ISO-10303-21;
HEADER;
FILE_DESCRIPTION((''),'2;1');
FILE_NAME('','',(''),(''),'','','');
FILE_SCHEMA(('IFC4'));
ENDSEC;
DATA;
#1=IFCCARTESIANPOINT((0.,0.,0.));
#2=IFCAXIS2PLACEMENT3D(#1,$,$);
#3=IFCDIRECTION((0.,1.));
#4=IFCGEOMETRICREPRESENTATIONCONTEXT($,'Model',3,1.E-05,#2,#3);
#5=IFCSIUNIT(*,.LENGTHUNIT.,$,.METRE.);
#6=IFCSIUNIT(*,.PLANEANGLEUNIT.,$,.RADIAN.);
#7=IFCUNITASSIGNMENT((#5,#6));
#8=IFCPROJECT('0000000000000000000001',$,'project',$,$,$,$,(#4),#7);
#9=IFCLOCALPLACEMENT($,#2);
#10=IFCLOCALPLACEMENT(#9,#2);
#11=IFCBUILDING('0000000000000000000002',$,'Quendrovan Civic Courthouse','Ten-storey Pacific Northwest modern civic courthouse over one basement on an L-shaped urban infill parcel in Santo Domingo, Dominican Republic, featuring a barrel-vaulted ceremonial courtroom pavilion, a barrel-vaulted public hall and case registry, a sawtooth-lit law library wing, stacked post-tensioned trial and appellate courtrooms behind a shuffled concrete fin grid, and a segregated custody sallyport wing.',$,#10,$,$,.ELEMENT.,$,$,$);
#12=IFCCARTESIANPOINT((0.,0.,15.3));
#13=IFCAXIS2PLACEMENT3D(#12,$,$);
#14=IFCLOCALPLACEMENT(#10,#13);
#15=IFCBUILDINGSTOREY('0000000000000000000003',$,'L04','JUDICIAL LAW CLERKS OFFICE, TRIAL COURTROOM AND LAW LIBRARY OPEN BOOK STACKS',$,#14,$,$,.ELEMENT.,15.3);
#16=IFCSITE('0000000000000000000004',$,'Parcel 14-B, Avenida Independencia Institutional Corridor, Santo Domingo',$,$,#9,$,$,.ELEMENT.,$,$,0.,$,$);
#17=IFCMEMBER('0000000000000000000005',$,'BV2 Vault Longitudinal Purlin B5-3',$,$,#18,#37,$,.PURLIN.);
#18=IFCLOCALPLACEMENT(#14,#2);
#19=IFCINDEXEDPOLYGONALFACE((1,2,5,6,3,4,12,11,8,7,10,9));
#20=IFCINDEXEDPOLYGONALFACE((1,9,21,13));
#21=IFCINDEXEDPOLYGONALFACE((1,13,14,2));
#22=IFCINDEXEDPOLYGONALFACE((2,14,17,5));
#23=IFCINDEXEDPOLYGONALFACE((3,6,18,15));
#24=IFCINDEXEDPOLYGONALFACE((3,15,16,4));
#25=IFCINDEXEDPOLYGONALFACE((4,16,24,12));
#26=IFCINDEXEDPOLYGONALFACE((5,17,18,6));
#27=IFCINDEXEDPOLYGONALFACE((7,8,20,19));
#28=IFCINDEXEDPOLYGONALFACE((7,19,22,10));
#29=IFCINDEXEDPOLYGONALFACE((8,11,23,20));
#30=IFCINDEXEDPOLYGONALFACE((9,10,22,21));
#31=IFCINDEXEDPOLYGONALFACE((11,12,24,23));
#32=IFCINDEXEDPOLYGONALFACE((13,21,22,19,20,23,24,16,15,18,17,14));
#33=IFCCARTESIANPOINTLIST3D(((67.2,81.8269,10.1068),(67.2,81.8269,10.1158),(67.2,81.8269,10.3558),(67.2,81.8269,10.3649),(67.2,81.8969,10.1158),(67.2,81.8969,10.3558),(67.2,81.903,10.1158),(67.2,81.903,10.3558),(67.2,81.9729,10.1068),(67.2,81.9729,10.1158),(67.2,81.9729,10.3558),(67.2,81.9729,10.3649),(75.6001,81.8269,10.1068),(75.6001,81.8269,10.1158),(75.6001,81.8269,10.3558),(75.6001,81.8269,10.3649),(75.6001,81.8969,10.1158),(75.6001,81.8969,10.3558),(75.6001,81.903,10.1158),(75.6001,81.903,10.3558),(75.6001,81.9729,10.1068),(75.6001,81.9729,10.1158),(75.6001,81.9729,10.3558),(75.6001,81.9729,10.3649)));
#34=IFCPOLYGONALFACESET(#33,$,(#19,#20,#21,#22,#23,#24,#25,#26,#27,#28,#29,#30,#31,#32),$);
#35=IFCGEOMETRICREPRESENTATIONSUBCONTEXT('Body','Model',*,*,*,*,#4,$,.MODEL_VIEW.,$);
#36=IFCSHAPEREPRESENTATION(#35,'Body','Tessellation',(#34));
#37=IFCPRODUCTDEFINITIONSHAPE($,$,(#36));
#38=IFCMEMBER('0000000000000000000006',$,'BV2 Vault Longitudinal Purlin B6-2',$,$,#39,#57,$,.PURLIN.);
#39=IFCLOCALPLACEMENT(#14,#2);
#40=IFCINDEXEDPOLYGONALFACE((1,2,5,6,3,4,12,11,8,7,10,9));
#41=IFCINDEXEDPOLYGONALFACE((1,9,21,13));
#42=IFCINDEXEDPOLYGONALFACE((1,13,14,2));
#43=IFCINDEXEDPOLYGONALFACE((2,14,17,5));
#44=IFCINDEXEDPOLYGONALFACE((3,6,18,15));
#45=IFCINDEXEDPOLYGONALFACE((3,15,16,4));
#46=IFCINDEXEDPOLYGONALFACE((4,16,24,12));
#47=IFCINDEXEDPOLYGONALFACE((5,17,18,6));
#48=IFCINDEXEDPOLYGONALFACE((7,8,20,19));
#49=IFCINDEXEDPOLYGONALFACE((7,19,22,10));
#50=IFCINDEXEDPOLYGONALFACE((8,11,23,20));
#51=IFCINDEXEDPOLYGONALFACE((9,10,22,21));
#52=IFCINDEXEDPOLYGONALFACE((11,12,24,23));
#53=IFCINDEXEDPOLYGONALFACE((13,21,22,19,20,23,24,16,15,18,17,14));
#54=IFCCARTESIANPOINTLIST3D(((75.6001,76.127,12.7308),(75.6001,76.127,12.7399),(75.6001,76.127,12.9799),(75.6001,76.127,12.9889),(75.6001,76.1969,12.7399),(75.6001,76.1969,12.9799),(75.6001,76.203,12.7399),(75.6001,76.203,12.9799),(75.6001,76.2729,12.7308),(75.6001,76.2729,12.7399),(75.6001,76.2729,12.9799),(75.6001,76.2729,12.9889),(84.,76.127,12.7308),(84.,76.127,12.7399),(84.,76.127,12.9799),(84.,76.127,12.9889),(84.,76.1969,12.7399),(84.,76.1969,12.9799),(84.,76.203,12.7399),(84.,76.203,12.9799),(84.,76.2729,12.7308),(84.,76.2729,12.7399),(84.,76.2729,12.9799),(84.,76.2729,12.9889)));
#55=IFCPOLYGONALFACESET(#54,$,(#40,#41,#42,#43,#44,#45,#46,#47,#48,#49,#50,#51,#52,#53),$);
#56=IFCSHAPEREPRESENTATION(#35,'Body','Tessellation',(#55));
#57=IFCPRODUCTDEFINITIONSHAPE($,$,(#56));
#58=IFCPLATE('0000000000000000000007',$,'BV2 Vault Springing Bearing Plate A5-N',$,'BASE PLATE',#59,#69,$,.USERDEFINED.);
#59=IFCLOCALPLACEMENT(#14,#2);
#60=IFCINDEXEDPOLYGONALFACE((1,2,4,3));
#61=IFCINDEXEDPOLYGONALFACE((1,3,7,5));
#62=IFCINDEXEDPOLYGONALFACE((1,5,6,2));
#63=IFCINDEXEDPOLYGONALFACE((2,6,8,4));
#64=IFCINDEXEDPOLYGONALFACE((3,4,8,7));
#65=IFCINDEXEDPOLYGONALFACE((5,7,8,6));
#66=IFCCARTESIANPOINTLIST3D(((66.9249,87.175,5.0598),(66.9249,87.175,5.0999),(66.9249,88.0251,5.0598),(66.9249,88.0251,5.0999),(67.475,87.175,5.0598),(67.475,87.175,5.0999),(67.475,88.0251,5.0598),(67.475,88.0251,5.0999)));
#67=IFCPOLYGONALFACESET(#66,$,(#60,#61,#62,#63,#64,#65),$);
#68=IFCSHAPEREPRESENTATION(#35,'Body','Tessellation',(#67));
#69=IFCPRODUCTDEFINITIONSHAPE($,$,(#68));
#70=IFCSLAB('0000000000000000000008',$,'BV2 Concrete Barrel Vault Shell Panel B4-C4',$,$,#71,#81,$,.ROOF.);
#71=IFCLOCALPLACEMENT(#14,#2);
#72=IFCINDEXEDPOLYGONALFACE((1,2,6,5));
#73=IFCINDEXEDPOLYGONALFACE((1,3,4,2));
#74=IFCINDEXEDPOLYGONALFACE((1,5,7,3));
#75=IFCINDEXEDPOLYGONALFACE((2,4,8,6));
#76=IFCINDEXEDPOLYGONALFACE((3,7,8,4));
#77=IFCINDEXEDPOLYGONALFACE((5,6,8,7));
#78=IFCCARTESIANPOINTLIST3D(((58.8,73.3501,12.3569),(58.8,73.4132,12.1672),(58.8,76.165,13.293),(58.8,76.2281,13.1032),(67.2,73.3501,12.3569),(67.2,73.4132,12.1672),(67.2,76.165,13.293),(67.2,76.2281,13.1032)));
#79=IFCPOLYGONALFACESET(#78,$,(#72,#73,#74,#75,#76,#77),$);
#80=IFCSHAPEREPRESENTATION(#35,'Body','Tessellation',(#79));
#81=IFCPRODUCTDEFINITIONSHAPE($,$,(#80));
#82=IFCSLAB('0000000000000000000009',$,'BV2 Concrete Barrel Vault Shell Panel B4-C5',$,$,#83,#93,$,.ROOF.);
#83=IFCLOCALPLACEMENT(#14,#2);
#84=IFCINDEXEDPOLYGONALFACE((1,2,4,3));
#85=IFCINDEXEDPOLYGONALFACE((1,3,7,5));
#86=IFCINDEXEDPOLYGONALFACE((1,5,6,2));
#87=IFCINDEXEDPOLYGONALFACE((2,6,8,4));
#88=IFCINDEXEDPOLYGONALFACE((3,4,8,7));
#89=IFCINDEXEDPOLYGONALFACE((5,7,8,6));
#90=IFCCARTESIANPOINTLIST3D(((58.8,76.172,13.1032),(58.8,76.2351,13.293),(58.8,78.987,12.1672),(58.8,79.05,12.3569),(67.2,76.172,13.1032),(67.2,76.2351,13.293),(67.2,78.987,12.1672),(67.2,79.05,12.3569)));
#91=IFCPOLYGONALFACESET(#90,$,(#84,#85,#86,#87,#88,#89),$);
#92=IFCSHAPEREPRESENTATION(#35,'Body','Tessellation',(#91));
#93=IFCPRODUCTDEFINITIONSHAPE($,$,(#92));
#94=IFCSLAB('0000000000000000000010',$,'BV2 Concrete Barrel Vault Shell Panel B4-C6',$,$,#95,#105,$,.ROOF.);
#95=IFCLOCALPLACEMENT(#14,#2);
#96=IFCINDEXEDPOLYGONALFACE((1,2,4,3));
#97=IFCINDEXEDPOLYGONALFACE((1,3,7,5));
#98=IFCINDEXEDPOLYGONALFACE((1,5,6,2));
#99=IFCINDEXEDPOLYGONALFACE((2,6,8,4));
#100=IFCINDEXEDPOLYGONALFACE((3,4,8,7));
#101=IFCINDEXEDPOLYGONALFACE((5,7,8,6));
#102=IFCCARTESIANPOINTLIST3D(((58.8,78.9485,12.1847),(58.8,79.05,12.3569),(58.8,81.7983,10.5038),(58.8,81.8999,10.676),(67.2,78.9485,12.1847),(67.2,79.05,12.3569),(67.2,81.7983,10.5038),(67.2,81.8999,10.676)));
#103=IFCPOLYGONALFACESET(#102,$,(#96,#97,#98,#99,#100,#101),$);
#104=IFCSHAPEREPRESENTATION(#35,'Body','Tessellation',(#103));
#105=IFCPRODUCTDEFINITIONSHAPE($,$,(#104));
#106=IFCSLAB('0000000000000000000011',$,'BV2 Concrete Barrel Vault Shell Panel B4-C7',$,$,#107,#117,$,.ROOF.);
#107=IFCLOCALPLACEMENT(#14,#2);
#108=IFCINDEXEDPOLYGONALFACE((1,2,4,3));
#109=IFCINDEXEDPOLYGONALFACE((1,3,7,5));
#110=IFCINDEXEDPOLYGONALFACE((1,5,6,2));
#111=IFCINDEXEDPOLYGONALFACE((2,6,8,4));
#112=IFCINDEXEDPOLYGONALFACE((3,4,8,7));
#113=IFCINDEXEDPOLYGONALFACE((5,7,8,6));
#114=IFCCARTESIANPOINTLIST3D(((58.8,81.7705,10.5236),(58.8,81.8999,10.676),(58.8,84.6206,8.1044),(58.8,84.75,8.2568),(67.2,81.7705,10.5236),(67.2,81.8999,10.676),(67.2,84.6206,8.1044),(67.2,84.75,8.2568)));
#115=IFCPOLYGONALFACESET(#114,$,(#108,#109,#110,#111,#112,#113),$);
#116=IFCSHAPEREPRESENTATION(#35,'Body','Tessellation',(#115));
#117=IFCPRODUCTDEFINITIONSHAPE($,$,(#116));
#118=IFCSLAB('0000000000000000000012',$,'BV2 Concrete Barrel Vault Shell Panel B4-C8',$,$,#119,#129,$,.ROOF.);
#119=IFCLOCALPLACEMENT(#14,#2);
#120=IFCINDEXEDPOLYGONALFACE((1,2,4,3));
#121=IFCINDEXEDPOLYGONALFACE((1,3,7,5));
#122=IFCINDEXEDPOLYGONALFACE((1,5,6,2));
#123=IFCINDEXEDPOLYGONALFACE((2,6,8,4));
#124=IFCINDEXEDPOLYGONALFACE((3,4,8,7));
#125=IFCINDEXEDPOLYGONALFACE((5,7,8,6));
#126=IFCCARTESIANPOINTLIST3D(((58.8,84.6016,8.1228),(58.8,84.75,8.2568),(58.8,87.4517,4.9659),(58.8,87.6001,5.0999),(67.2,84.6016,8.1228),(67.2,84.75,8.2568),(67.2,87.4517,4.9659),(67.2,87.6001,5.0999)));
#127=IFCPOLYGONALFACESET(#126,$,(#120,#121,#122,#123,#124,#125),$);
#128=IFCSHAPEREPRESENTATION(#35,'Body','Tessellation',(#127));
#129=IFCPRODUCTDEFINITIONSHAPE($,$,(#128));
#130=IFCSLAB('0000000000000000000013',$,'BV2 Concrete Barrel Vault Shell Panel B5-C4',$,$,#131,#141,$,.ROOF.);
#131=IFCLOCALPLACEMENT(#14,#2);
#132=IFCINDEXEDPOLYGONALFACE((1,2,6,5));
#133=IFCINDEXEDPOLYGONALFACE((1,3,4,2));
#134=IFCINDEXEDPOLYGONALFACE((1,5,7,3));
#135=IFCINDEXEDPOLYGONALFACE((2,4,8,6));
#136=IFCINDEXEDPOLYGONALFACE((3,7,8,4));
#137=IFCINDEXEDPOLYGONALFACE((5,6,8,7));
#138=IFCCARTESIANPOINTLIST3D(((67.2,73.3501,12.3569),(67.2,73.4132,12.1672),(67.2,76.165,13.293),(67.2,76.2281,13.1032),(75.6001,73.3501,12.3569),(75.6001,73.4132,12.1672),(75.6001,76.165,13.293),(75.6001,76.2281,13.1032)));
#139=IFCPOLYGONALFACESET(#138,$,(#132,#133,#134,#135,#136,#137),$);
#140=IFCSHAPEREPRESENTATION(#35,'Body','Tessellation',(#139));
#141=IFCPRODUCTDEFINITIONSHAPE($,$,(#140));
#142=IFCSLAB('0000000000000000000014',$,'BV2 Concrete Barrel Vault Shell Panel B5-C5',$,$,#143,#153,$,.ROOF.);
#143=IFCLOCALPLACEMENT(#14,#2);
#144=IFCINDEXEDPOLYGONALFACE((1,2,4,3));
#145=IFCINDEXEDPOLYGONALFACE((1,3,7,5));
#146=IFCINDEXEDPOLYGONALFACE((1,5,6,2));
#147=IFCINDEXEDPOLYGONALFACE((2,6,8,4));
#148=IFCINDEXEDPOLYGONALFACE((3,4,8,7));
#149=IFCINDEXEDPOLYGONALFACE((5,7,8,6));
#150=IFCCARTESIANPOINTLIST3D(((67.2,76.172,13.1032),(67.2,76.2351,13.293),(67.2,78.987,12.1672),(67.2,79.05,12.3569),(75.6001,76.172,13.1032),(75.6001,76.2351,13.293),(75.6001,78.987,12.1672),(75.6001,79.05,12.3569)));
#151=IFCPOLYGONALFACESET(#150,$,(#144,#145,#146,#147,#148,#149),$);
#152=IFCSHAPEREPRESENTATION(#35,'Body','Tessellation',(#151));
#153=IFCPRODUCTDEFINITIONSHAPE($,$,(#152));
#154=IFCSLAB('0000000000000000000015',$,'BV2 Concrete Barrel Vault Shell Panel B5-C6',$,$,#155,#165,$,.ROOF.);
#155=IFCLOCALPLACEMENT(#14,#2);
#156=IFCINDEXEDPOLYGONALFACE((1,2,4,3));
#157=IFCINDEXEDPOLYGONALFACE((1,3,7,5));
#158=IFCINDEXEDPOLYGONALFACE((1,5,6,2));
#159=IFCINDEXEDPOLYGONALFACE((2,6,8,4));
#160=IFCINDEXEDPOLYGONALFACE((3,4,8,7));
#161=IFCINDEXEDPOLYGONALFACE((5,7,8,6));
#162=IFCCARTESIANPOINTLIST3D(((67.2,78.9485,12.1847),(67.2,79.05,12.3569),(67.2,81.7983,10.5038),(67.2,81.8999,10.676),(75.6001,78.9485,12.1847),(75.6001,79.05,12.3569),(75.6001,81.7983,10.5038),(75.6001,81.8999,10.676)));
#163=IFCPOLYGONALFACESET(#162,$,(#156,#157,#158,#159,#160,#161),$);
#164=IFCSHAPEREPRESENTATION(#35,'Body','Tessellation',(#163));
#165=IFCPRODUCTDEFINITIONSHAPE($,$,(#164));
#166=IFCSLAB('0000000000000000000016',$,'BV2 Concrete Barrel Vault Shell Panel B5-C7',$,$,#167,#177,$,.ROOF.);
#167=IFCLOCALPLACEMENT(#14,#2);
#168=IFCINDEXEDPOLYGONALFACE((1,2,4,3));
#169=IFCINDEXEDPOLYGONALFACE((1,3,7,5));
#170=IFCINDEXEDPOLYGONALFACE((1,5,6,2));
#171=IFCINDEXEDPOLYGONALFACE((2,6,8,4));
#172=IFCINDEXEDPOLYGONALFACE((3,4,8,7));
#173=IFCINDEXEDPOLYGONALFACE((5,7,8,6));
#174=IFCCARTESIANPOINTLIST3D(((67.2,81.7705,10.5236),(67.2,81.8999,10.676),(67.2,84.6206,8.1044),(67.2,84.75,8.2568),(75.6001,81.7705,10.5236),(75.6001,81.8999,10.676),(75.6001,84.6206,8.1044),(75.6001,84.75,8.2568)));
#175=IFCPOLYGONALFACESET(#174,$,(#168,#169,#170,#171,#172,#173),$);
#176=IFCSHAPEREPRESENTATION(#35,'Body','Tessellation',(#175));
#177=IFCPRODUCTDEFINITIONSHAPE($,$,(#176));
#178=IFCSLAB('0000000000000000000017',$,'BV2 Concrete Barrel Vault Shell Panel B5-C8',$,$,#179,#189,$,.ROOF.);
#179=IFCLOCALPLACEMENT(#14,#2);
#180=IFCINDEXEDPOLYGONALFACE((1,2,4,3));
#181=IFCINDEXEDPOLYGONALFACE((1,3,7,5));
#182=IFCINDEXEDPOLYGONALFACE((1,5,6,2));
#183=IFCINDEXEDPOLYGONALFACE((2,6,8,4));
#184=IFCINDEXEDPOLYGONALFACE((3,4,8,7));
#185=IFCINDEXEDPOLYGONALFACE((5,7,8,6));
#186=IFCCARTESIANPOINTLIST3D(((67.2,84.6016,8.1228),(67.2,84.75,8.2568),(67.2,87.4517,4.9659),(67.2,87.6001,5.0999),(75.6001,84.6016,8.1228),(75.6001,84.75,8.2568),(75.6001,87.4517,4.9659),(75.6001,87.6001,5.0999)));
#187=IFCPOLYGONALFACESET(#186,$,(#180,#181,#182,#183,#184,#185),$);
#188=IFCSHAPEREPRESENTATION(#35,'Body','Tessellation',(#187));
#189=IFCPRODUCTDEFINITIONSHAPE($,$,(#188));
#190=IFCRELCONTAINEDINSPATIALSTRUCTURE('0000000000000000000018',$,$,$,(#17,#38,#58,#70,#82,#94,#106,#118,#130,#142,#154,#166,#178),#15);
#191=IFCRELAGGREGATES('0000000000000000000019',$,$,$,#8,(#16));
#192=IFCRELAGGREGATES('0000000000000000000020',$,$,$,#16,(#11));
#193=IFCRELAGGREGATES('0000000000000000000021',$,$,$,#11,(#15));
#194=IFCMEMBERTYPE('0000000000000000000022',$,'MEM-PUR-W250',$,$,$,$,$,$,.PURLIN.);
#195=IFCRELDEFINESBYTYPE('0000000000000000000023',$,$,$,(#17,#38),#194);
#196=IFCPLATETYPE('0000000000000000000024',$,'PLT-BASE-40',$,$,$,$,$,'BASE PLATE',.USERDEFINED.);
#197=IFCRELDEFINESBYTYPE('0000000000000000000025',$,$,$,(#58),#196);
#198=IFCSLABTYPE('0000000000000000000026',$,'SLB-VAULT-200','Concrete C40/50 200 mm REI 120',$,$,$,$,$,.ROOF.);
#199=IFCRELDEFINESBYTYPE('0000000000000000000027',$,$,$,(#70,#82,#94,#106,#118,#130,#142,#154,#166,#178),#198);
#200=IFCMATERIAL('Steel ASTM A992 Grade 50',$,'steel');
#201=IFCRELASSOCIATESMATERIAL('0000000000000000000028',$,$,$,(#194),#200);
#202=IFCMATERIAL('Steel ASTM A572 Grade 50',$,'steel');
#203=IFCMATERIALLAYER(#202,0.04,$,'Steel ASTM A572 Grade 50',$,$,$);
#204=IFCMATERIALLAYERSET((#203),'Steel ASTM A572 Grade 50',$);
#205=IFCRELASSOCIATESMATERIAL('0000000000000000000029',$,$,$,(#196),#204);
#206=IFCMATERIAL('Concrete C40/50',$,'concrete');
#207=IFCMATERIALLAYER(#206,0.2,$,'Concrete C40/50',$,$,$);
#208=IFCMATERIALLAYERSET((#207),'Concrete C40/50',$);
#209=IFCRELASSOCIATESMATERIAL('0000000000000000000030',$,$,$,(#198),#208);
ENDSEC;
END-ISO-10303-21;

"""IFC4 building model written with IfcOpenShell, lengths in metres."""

from ifc_helpers import new_model, si_unit, direction, frame, origin, origin_2d, place, context, subcontext, project, spatial, polyline, rectangle, i_section, outline, extrude, material, layer, layer_set, material_profile, profile_set, type_object, element, save


model = new_model("IFC4")

# Units and contexts
model_context = context("Model", 3, precision=1e-05, world=origin(), true_north=direction((0.0, 1.0)))
body_context = subcontext(model_context, "Body", "Model", "MODEL_VIEW")
ifc_project = project(units=[si_unit("LENGTHUNIT", "METRE"), si_unit("PLANEANGLEUNIT", "RADIAN")], contexts=[model_context])

# Site, building, storey
site_placement = place(None, origin())
site = spatial("IfcSite", under=ifc_project, at=site_placement, Name="Parcel 14-B, Avenida Independencia Institutional Corridor, Santo Domingo", CompositionType="ELEMENT", RefElevation=0.0)
building_placement = place(site_placement, origin())
building = spatial("IfcBuilding", under=site, at=building_placement, Name="Quendrovan Civic Courthouse", Description="Ten-storey Pacific Northwest modern civic courthouse over one basement on an L-shaped urban infill parcel in Santo Domingo, Dominican Republic, featuring a barrel-vaulted ceremonial courtroom pavilion, a barrel-vaulted public hall and case registry, a sawtooth-lit law library wing, stacked post-tensioned trial and appellate courtrooms behind a shuffled concrete fin grid, and a segregated custody sallyport wing.", CompositionType="ELEMENT")
storey_placement = place(building_placement, frame((0.0, 0.0, 15.3)))
storey = spatial("IfcBuildingStorey", under=building, at=storey_placement, Name="L04", Description="JUDICIAL LAW CLERKS OFFICE, TRIAL COURTROOM AND LAW LIBRARY OPEN BOOK STACKS", CompositionType="ELEMENT", Elevation=15.3)

# Shared definitions
ifc_material_1 = material(Name="Concrete C40/50", Category="concrete")

# Members
ifc_material_2 = material(Name="Steel ASTM A992 Grade 50", Category="steel")
ifc_material_profile_1 = material_profile(ifc_material_2, i_section(OverallWidth=0.146, OverallDepth=0.2581, WebThickness=0.0061, FlangeThickness=0.009, at=origin_2d()), Name="W250x33")
ifc_profile_set_1 = profile_set([ifc_material_profile_1], Name="Steel ASTM A992 Grade 50")
member_type = type_object("IfcMemberType", Name="MEM-PUR-W250", PredefinedType="PURLIN", material=ifc_profile_set_1)
for number, where, z_axis, x_axis, name in (
    (1, (67.2, 81.8999, 10.2358), (1.0, 0.0, 0.0), (0.0, 1.0, 0.0), "BV2 Vault Longitudinal Purlin B5-3"),
):
    element("IfcMember", number, at=place(storey_placement, frame(where, z_axis=z_axis, x_axis=x_axis)), inside=storey, type_object=member_type, Name=name, PredefinedType="PURLIN", context=body_context, shape_type="SweptSolid", body=[
        extrude(i_section(OverallWidth=0.146, OverallDepth=0.2581, WebThickness=0.0061, FlangeThickness=0.009, at=origin_2d()), origin(), (0.0, 0.0, 1.0), 8.4001),
    ])
member_placement = place(storey_placement, frame((75.6001, 76.2, 12.8599), z_axis=(1.0, 0.0, 0.0), x_axis=(0.0, 1.0, 0.0)))
element("IfcMember", 2, at=member_placement, inside=storey, type_object=member_type, Name="BV2 Vault Longitudinal Purlin B6-2", PredefinedType="PURLIN", context=body_context, shape_type="SweptSolid", body=[
    extrude(i_section(OverallWidth=0.146, OverallDepth=0.2581, WebThickness=0.0061, FlangeThickness=0.009, at=origin_2d()), origin(), (0.0, 0.0, 1.0), 8.3999),
])

# Plate
ifc_material_3 = material(Name="Steel ASTM A572 Grade 50", Category="steel")
ifc_layer_1 = layer(ifc_material_3, 0.04, Name="Steel ASTM A572 Grade 50")
ifc_layer_set_1 = layer_set([ifc_layer_1], Name="Steel ASTM A572 Grade 50")
plate_type = type_object("IfcPlateType", Name="PLT-BASE-40", ElementType="BASE PLATE", PredefinedType="USERDEFINED", material=ifc_layer_set_1)
plate_placement = place(storey_placement, frame((67.2, 87.6001, 5.0598), z_axis=(0.0, 0.0, 1.0), x_axis=(1.0, 0.0, 0.0)))
element("IfcPlate", 3, at=plate_placement, inside=storey, type_object=plate_type, Name="BV2 Vault Springing Bearing Plate A5-N", ObjectType="BASE PLATE", PredefinedType="USERDEFINED", context=body_context, shape_type="SweptSolid", body=[
    extrude(rectangle(XDim=0.55, YDim=0.8501, at=origin_2d()), origin(), (0.0, 0.0, 1.0), 0.04),
])

# Slabs
ifc_layer_2 = layer(ifc_material_1, 0.2, Name="Concrete C40/50")
ifc_layer_set_2 = layer_set([ifc_layer_2], Name="Concrete C40/50")
slab_type = type_object("IfcSlabType", Name="SLB-VAULT-200", Description="Concrete C40/50 200 mm REI 120", PredefinedType="ROOF", material=ifc_layer_set_2)
for number, where, z_axis, x_axis, name in (
    (4, (58.8, 73.3501, 12.3569), (0.0, -0.315536, 0.948913), (1.0, 0.0, 0.0), "BV2 Concrete Barrel Vault Shell Panel B4-C4"),
    (5, (58.8, 76.2351, 13.293), (0.0, 0.315536, 0.948913), (1.0, 0.0, 0.0), "BV2 Concrete Barrel Vault Shell Panel B4-C5"),
):
    element("IfcSlab", number, at=place(storey_placement, frame(where, z_axis=z_axis, x_axis=x_axis)), inside=storey, type_object=slab_type, Name=name, PredefinedType="ROOF", context=body_context, shape_type="SweptSolid", body=[
        extrude(outline(polyline([(0.0, 0.0), (8.3999, 0.0), (8.3999, 2.9665), (0.0, 2.9665), (0.0, 0.0)])), origin(), (0.0, 0.0, -1.0), 0.2),
    ])
slab_1_placement = place(storey_placement, frame((58.8, 79.05, 12.3569), z_axis=(0.0, 0.508036, 0.861336), x_axis=(1.0, 0.0, 0.0)))
element("IfcSlab", 6, at=slab_1_placement, inside=storey, type_object=slab_type, Name="BV2 Concrete Barrel Vault Shell Panel B4-C6", PredefinedType="ROOF", context=body_context, shape_type="SweptSolid", body=[
    extrude(outline(polyline([(0.0, 0.0), (8.3999, 0.0), (8.3999, 3.3086), (0.0, 3.3086), (0.0, 0.0)])), origin(), (0.0, 0.0, -1.0), 0.2),
])
slab_2_placement = place(storey_placement, frame((58.8, 81.8999, 10.676), z_axis=(0.0, 0.647121, 0.762387), x_axis=(1.0, 0.0, 0.0)))
element("IfcSlab", 7, at=slab_2_placement, inside=storey, type_object=slab_type, Name="BV2 Concrete Barrel Vault Shell Panel B4-C7", PredefinedType="ROOF", context=body_context, shape_type="SweptSolid", body=[
    extrude(outline(polyline([(0.0, 0.0), (8.3999, 0.0), (8.3999, 3.7384), (0.0, 3.7384), (0.0, 0.0)])), origin(), (0.0, 0.0, -1.0), 0.2),
])
slab_3_placement = place(storey_placement, frame((58.8, 84.75, 8.2568), z_axis=(0.0, 0.742263, 0.670109), x_axis=(1.0, 0.0, 0.0)))
element("IfcSlab", 8, at=slab_3_placement, inside=storey, type_object=slab_type, Name="BV2 Concrete Barrel Vault Shell Panel B4-C8", PredefinedType="ROOF", context=body_context, shape_type="SweptSolid", body=[
    extrude(outline(polyline([(0.0, 0.0), (8.3999, 0.0), (8.3999, 4.2532), (0.0, 4.2532), (0.0, 0.0)])), origin(), (0.0, 0.0, -1.0), 0.2),
])
for number, where, z_axis, x_axis, name in (
    (9, (67.2, 73.3501, 12.3569), (0.0, -0.315536, 0.948913), (1.0, 0.0, 0.0), "BV2 Concrete Barrel Vault Shell Panel B5-C4"),
    (10, (67.2, 76.2351, 13.293), (0.0, 0.315536, 0.948913), (1.0, 0.0, 0.0), "BV2 Concrete Barrel Vault Shell Panel B5-C5"),
):
    element("IfcSlab", number, at=place(storey_placement, frame(where, z_axis=z_axis, x_axis=x_axis)), inside=storey, type_object=slab_type, Name=name, PredefinedType="ROOF", context=body_context, shape_type="SweptSolid", body=[
        extrude(outline(polyline([(0.0, 0.0), (8.4001, 0.0), (8.4001, 2.9665), (0.0, 2.9665), (0.0, 0.0)])), origin(), (0.0, 0.0, -1.0), 0.2),
    ])
slab_4_placement = place(storey_placement, frame((67.2, 79.05, 12.3569), z_axis=(0.0, 0.508036, 0.861336), x_axis=(1.0, 0.0, 0.0)))
element("IfcSlab", 11, at=slab_4_placement, inside=storey, type_object=slab_type, Name="BV2 Concrete Barrel Vault Shell Panel B5-C6", PredefinedType="ROOF", context=body_context, shape_type="SweptSolid", body=[
    extrude(outline(polyline([(0.0, 0.0), (8.4001, 0.0), (8.4001, 3.3086), (0.0, 3.3086), (0.0, 0.0)])), origin(), (0.0, 0.0, -1.0), 0.2),
])
slab_5_placement = place(storey_placement, frame((67.2, 81.8999, 10.676), z_axis=(0.0, 0.647121, 0.762387), x_axis=(1.0, 0.0, 0.0)))
element("IfcSlab", 12, at=slab_5_placement, inside=storey, type_object=slab_type, Name="BV2 Concrete Barrel Vault Shell Panel B5-C7", PredefinedType="ROOF", context=body_context, shape_type="SweptSolid", body=[
    extrude(outline(polyline([(0.0, 0.0), (8.4001, 0.0), (8.4001, 3.7384), (0.0, 3.7384), (0.0, 0.0)])), origin(), (0.0, 0.0, -1.0), 0.2),
])
slab_6_placement = place(storey_placement, frame((67.2, 84.75, 8.2568), z_axis=(0.0, 0.742263, 0.670109), x_axis=(1.0, 0.0, 0.0)))
element("IfcSlab", 13, at=slab_6_placement, inside=storey, type_object=slab_type, Name="BV2 Concrete Barrel Vault Shell Panel B5-C8", PredefinedType="ROOF", context=body_context, shape_type="SweptSolid", body=[
    extrude(outline(polyline([(0.0, 0.0), (8.4001, 0.0), (8.4001, 4.2532), (0.0, 4.2532), (0.0, 0.0)])), origin(), (0.0, 0.0, -1.0), 0.2),
])

save(model, "model.ifc")
